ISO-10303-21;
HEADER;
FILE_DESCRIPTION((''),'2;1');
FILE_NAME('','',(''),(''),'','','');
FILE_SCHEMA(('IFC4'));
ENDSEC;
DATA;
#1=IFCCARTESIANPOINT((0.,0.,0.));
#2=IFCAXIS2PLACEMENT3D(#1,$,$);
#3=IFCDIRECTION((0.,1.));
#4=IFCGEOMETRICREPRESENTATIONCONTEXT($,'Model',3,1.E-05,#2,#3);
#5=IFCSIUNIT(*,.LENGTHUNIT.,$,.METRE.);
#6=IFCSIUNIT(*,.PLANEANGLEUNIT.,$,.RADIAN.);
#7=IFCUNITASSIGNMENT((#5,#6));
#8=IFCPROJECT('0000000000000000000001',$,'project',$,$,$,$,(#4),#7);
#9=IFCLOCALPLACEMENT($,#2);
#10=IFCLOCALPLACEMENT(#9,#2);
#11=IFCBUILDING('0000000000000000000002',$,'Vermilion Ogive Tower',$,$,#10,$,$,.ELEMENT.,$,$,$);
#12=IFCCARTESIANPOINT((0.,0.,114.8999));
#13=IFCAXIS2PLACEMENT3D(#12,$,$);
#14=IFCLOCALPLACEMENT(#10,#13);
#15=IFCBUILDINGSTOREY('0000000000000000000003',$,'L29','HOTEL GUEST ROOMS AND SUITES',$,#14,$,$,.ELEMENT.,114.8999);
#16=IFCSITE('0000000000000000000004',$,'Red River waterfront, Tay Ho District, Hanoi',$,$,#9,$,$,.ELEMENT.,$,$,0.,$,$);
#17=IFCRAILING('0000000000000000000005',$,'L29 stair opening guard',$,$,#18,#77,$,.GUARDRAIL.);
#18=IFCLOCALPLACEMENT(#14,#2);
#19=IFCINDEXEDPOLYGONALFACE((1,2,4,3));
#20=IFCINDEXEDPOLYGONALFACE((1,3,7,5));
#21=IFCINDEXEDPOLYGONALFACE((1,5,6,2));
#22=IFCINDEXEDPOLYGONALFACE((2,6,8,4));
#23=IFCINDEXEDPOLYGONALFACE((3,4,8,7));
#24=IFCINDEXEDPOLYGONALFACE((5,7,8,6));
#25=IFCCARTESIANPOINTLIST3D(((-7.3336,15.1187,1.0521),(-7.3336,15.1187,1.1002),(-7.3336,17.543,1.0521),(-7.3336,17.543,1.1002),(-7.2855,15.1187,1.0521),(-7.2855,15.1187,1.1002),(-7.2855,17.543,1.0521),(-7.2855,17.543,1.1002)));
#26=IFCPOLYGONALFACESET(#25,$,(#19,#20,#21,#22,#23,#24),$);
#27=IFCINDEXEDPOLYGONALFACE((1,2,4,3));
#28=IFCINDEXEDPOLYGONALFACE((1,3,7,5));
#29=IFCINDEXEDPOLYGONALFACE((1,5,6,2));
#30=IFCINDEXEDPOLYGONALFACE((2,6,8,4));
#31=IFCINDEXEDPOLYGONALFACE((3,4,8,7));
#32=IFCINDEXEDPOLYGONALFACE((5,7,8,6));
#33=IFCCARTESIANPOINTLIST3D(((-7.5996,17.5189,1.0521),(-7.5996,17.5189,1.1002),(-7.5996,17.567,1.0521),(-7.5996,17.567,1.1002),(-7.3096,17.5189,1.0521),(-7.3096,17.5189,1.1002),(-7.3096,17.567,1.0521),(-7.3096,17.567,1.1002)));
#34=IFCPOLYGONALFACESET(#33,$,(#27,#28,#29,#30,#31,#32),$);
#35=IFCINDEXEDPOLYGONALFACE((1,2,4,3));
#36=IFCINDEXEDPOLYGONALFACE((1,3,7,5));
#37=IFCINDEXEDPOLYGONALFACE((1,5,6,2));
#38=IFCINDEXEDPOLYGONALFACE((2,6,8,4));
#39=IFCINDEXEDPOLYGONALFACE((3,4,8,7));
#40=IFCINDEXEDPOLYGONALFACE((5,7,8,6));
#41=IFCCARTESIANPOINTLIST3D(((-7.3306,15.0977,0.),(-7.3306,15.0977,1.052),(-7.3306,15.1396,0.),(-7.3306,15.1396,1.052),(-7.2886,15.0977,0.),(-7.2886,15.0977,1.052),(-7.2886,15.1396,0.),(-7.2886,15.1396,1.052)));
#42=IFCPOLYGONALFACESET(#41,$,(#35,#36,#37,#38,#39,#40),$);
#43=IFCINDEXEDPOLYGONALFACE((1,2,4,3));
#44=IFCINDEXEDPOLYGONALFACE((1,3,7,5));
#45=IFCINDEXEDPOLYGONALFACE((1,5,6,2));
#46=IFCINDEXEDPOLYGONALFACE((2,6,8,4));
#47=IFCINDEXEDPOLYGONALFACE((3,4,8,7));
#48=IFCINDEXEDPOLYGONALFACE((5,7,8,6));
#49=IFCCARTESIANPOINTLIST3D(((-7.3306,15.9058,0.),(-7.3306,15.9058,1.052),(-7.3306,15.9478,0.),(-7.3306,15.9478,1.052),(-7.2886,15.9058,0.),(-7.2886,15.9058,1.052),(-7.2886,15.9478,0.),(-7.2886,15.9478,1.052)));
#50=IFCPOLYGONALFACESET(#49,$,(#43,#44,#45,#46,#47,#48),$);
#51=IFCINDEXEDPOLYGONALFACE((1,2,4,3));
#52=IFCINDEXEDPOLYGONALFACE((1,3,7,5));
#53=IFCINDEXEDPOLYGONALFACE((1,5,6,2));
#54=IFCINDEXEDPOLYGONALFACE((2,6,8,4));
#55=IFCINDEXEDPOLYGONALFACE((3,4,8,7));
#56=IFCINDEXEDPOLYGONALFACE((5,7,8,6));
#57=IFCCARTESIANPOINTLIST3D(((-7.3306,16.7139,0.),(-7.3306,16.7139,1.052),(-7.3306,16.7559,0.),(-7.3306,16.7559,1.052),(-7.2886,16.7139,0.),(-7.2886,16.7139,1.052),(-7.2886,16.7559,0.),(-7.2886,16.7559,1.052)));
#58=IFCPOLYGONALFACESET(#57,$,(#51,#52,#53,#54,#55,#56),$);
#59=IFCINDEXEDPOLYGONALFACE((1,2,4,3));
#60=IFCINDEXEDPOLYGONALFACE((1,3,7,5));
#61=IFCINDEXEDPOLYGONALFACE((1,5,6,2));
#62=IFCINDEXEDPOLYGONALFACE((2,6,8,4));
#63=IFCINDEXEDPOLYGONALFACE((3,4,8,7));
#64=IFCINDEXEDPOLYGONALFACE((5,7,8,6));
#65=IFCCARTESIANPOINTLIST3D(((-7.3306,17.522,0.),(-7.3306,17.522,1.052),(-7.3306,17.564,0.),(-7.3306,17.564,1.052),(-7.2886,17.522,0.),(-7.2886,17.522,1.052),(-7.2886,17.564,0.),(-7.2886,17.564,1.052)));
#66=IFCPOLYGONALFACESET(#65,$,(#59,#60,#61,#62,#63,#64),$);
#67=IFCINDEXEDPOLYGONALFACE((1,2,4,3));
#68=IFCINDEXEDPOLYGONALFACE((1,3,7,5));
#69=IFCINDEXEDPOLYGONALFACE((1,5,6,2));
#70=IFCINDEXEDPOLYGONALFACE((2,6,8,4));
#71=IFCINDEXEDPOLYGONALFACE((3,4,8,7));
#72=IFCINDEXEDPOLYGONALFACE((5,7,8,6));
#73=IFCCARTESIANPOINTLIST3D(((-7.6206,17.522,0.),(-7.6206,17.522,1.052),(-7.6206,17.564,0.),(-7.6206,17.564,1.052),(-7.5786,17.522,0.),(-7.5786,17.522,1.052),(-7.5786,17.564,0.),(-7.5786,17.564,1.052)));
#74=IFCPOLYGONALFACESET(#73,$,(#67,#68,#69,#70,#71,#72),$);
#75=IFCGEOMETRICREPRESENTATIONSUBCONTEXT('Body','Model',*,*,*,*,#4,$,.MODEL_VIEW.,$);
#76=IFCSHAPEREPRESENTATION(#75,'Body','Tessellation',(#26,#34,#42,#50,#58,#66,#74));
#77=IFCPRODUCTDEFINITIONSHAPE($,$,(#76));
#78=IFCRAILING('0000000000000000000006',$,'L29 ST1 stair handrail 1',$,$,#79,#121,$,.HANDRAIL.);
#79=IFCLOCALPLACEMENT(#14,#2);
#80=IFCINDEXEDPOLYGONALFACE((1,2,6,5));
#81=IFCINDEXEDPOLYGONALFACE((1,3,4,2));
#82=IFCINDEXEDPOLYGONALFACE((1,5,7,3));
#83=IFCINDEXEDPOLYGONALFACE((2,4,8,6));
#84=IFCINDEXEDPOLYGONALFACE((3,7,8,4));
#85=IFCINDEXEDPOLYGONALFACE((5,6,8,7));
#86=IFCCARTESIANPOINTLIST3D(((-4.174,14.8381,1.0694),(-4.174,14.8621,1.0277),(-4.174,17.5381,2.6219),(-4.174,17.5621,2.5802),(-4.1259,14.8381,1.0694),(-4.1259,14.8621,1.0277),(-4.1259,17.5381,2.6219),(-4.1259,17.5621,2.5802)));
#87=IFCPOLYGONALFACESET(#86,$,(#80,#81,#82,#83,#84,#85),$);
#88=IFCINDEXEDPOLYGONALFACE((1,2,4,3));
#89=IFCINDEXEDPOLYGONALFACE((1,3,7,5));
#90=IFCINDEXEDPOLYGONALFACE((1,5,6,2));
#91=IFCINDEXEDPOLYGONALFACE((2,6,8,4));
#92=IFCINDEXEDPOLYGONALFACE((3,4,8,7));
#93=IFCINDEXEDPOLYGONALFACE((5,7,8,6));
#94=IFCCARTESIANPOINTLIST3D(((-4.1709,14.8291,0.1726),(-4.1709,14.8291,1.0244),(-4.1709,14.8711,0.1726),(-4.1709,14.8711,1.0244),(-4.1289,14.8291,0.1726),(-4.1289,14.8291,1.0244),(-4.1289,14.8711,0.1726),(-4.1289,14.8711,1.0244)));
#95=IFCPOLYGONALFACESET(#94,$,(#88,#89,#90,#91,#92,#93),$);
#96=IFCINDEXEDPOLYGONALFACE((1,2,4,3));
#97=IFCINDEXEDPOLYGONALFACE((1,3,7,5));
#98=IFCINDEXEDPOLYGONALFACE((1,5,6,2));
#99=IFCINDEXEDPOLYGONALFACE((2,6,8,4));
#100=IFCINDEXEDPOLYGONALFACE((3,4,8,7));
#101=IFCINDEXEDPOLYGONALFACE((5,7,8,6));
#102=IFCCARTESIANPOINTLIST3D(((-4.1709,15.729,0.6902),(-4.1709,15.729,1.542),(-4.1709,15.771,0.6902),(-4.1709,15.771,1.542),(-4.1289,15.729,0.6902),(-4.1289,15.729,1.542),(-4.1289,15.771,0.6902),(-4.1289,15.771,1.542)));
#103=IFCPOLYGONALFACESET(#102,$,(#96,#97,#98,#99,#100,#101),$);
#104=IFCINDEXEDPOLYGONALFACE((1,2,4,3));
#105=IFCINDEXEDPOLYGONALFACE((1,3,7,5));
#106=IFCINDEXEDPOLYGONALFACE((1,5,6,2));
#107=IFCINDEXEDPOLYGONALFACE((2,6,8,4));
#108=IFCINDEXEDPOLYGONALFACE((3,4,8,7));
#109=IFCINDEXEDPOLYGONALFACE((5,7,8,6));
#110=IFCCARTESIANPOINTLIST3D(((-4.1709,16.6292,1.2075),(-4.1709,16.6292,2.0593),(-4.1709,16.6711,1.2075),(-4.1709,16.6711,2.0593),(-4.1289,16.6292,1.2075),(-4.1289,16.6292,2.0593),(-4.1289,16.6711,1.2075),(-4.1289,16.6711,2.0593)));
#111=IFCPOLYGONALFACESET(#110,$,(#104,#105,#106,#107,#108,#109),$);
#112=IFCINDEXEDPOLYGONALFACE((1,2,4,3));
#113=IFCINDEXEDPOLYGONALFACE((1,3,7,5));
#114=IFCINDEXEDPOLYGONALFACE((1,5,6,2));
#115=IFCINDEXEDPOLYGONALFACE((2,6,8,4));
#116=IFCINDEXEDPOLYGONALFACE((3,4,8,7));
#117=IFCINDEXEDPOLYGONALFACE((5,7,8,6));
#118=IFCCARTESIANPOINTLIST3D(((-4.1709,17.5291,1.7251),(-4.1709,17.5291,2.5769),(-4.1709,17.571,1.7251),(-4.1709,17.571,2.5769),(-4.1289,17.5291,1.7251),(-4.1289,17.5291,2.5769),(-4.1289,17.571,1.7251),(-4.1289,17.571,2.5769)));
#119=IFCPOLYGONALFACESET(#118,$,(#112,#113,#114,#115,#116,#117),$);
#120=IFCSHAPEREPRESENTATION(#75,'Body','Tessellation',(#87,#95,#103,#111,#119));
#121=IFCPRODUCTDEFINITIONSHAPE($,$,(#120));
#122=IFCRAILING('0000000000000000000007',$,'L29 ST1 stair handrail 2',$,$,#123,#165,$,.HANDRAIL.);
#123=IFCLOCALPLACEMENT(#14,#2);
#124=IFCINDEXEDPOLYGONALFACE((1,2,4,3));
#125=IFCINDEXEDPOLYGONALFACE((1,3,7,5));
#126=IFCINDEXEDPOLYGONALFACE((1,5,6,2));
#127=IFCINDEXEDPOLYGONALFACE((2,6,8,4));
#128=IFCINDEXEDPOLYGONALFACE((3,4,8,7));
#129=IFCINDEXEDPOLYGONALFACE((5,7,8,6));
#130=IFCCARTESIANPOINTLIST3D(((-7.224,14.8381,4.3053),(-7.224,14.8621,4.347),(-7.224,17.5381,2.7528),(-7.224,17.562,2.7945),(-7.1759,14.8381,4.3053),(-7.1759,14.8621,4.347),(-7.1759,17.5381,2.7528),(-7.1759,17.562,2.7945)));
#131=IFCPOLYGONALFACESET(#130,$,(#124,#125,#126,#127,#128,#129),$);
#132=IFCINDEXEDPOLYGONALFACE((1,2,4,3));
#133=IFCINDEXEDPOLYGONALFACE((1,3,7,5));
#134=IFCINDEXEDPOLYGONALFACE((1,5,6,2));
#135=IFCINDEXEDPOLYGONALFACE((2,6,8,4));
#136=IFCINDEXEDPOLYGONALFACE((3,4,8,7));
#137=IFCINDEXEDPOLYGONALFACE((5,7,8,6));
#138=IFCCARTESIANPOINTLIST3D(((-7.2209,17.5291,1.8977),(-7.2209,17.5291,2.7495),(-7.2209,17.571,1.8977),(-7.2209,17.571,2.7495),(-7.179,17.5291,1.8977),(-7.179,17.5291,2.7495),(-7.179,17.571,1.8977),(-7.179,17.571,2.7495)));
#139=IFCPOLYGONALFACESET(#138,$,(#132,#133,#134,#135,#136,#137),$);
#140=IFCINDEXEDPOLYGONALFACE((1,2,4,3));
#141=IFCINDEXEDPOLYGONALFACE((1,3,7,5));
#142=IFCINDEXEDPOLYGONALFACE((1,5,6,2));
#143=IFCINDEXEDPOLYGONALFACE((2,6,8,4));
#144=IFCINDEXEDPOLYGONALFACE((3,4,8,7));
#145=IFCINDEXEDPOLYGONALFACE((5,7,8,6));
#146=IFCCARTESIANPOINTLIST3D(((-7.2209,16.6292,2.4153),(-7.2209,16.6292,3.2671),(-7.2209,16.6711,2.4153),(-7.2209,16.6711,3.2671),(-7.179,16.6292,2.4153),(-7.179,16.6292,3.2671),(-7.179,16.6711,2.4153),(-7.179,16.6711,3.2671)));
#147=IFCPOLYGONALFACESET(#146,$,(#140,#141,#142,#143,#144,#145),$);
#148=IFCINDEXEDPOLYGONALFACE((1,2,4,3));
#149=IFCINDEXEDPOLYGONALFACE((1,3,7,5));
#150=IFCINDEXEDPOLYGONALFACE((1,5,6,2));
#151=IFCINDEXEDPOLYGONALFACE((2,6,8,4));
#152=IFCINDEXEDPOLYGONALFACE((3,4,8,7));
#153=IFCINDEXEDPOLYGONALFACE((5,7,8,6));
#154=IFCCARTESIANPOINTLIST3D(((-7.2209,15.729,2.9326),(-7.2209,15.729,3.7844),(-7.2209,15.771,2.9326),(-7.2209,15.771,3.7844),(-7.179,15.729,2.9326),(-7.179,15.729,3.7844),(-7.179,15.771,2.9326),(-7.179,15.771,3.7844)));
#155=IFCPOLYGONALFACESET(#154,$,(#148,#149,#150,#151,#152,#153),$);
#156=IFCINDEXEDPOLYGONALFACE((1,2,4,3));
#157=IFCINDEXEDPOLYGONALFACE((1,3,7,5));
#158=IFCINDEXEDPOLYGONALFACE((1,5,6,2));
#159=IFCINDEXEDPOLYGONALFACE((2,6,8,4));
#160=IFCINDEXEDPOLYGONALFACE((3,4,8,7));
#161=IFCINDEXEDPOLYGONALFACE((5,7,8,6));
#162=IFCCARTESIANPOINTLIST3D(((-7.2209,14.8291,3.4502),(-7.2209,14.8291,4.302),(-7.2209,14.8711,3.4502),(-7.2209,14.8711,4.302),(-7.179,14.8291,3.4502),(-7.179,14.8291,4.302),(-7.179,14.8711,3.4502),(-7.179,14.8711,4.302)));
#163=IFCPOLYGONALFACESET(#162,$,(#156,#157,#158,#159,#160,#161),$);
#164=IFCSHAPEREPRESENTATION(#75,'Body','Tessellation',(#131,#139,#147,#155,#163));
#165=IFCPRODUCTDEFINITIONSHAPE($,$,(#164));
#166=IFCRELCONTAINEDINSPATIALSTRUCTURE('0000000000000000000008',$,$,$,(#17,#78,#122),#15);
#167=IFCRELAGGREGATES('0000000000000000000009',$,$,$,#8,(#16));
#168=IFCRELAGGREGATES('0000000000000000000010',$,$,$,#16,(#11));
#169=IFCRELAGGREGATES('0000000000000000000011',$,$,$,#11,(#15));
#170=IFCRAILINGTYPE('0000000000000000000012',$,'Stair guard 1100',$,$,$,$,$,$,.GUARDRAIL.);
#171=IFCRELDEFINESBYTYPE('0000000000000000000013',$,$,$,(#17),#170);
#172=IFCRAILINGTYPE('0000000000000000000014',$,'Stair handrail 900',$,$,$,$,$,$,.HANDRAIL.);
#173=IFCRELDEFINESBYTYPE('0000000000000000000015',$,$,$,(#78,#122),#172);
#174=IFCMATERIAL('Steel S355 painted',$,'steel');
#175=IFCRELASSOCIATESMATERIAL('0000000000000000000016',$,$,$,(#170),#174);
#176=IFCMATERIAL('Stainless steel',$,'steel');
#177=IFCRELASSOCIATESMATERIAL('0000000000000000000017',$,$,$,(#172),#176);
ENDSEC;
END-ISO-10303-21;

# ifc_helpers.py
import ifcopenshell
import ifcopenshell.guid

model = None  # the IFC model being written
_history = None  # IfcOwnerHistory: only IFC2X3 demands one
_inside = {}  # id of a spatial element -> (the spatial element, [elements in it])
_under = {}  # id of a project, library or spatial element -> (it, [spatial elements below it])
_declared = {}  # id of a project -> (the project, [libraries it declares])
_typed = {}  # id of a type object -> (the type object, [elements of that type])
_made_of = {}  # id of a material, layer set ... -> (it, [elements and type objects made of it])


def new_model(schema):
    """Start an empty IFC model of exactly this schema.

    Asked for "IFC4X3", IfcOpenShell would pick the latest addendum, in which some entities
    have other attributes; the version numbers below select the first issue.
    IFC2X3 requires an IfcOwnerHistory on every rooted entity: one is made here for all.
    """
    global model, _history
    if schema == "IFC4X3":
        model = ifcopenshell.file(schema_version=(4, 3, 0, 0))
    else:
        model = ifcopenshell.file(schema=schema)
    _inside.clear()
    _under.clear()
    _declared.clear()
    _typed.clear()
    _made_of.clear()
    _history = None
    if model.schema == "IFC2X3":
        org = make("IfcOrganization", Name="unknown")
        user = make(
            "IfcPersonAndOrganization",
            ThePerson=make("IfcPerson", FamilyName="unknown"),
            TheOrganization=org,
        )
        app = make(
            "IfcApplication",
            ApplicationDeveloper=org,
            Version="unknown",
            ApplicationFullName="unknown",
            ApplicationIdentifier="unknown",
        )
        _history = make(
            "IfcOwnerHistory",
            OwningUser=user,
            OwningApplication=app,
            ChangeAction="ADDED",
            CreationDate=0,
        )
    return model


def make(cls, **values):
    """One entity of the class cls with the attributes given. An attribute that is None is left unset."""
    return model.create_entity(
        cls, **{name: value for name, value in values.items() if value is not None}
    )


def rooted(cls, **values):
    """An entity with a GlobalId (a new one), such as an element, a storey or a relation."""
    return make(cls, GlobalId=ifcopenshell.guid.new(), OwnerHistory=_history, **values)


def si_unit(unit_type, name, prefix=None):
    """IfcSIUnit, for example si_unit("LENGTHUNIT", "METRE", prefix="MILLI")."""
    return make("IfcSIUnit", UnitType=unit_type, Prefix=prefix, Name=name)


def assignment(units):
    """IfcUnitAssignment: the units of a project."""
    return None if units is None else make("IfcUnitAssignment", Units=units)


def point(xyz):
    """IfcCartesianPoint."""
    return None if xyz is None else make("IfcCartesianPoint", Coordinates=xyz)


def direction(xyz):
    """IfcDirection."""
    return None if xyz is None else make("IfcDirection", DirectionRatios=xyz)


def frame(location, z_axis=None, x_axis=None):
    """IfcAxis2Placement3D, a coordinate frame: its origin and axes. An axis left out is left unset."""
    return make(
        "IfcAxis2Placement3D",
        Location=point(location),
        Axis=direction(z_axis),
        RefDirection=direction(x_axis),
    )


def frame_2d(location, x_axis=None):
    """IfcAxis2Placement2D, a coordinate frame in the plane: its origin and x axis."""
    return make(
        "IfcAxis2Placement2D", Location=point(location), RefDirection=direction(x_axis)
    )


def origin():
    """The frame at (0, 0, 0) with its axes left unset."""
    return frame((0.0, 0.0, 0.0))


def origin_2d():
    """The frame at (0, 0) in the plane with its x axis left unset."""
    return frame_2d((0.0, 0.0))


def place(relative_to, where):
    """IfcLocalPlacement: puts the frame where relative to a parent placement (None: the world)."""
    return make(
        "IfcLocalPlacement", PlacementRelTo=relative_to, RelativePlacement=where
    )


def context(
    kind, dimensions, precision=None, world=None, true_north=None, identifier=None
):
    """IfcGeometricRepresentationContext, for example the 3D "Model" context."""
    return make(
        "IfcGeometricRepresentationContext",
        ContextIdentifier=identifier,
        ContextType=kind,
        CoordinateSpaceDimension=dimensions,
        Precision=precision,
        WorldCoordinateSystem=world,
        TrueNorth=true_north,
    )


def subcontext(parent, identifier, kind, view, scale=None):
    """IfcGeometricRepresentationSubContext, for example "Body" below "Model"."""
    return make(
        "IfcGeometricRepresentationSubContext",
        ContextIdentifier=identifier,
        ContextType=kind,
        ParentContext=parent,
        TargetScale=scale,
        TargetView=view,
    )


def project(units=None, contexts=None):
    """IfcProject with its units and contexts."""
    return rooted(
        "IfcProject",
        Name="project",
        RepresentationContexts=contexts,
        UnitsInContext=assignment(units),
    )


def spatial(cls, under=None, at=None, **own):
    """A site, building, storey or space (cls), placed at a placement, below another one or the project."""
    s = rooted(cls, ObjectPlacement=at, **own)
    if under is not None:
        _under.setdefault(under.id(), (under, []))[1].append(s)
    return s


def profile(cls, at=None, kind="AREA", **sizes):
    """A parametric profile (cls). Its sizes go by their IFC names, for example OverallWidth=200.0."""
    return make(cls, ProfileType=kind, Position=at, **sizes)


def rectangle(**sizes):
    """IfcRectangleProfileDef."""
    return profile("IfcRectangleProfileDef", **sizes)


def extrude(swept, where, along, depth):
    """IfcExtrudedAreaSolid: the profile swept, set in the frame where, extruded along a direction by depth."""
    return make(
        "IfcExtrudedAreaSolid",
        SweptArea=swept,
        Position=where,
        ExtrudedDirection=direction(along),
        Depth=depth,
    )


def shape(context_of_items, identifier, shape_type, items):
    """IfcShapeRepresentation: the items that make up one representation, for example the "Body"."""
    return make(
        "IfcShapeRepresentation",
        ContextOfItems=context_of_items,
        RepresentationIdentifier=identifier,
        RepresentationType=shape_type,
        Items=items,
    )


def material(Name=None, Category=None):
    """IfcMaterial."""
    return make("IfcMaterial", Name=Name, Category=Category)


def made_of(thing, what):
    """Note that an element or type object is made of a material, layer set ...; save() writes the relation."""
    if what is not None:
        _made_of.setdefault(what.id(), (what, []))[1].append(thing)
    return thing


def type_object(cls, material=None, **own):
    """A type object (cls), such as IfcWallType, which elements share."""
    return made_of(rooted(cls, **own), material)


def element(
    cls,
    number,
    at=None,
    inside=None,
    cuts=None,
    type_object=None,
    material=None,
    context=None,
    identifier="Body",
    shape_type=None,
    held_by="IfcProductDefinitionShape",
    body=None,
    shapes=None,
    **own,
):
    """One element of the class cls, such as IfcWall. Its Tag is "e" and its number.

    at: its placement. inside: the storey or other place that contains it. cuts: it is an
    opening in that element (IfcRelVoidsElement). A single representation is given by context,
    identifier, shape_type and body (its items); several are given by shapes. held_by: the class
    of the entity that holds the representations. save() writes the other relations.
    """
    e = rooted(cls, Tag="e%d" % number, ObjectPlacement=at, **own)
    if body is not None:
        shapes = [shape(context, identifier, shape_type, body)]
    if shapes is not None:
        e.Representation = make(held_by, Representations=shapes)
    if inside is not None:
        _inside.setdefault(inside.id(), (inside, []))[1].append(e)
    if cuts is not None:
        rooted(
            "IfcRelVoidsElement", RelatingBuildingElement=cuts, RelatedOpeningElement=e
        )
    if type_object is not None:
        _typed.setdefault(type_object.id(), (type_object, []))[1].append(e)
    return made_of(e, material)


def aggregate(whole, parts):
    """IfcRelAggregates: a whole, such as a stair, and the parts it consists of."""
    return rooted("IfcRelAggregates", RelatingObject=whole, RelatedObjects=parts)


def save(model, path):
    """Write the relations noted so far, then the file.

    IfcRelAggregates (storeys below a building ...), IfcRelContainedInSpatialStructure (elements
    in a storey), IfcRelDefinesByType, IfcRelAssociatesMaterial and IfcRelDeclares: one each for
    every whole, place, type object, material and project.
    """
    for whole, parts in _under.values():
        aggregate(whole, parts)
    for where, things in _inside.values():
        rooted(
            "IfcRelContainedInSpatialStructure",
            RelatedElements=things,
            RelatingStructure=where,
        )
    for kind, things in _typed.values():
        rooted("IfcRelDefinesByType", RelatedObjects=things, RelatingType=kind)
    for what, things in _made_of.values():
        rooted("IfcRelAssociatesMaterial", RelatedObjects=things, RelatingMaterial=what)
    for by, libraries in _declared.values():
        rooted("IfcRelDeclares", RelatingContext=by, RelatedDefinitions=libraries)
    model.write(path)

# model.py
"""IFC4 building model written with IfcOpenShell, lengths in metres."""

from ifc_helpers import new_model, si_unit, direction, frame, origin, origin_2d, place, context, subcontext, project, spatial, rectangle, extrude, material, type_object, element, save


model = new_model("IFC4")

# Units and contexts
model_context = context("Model", 3, precision=1e-05, world=origin(), true_north=direction((0.0, 1.0)))
body_context = subcontext(model_context, "Body", "Model", "MODEL_VIEW")
ifc_project = project(units=[si_unit("LENGTHUNIT", "METRE"), si_unit("PLANEANGLEUNIT", "RADIAN")], contexts=[model_context])

# Site, building, storey
site_placement = place(None, origin())
site = spatial("IfcSite", under=ifc_project, at=site_placement, Name="Red River waterfront, Tay Ho District, Hanoi", CompositionType="ELEMENT", RefElevation=0.0)
building_placement = place(site_placement, origin())
building = spatial("IfcBuilding", under=site, at=building_placement, Name="Vermilion Ogive Tower", CompositionType="ELEMENT")
storey_placement = place(building_placement, frame((0.0, 0.0, 114.8999)))
storey = spatial("IfcBuildingStorey", under=building, at=storey_placement, Name="L29", Description="HOTEL GUEST ROOMS AND SUITES", CompositionType="ELEMENT", Elevation=114.8999)

# Railings
ifc_material_1 = material(Name="Steel S355 painted", Category="steel")
railing_type_1 = type_object("IfcRailingType", Name="Stair guard 1100", PredefinedType="GUARDRAIL", material=ifc_material_1)
railing_1_placement = place(storey_placement, frame((-7.3096, 15.1187, 0.0)))
element("IfcRailing", 1, at=railing_1_placement, inside=storey, type_object=railing_type_1, Name="L29 stair opening guard", PredefinedType="GUARDRAIL", context=body_context, shape_type="SweptSolid", body=[
    extrude(rectangle(XDim=0.0481, YDim=0.0481, at=origin_2d()), frame((0.0, 0.0, 1.0762), z_axis=(0.0, 1.0, 0.0), x_axis=(-1.0, 0.0, 0.0)), (0.0, 0.0, 1.0), 2.4243),
    extrude(rectangle(XDim=0.0481, YDim=0.0481, at=origin_2d()), frame((0.0, 2.4243, 1.0762), z_axis=(-1.0, 0.0, 0.0), x_axis=(0.0, -1.0, 0.0)), (0.0, 0.0, 1.0), 0.29),
    extrude(rectangle(XDim=0.042, YDim=0.042, at=origin_2d()), origin(), (0.0, 0.0, 1.0), 1.052),
    extrude(rectangle(XDim=0.042, YDim=0.042, at=origin_2d()), frame((0.0, 0.8081, 0.0)), (0.0, 0.0, 1.0), 1.052),
    extrude(rectangle(XDim=0.042, YDim=0.042, at=origin_2d()), frame((0.0, 1.6162, 0.0)), (0.0, 0.0, 1.0), 1.052),
    extrude(rectangle(XDim=0.042, YDim=0.042, at=origin_2d()), frame((0.0, 2.4243, 0.0)), (0.0, 0.0, 1.0), 1.052),
    extrude(rectangle(XDim=0.042, YDim=0.042, at=origin_2d()), frame((-0.29, 2.4243, 0.0)), (0.0, 0.0, 1.0), 1.052),
])
ifc_material_2 = material(Name="Stainless steel", Category="steel")
railing_type_2 = type_object("IfcRailingType", Name="Stair handrail 900", PredefinedType="HANDRAIL", material=ifc_material_2)
railing_2_placement = place(storey_placement, frame((-4.1499, 14.8501, 0.1726)))
element("IfcRailing", 2, at=railing_2_placement, inside=storey, type_object=railing_type_2, Name="L29 ST1 stair handrail 1", PredefinedType="HANDRAIL", context=body_context, shape_type="SweptSolid", body=[
    extrude(rectangle(XDim=0.0481, YDim=0.0481, at=origin_2d()), frame((0.0, 0.0, 0.876), z_axis=(0.0, 0.866904, 0.498476), x_axis=(-1.0, 0.0, 0.0)), (0.0, 0.0, 1.0), 3.1145),
    extrude(rectangle(XDim=0.042, YDim=0.042, at=origin_2d()), origin(), (0.0, 0.0, 1.0), 0.8518),
    extrude(rectangle(XDim=0.042, YDim=0.042, at=origin_2d()), frame((0.0, 0.8999, 0.5176)), (0.0, 0.0, 1.0), 0.8518),
    extrude(rectangle(XDim=0.042, YDim=0.042, at=origin_2d()), frame((0.0, 1.8, 1.0349)), (0.0, 0.0, 1.0), 0.8518),
    extrude(rectangle(XDim=0.042, YDim=0.042, at=origin_2d()), frame((0.0, 2.7, 1.5525)), (0.0, 0.0, 1.0), 0.8518),
])
railing_3_placement = place(storey_placement, frame((-7.2, 17.55, 1.8977)))
element("IfcRailing", 3, at=railing_3_placement, inside=storey, type_object=railing_type_2, Name="L29 ST1 stair handrail 2", PredefinedType="HANDRAIL", context=body_context, shape_type="SweptSolid", body=[
    extrude(rectangle(XDim=0.0481, YDim=0.0481, at=origin_2d()), frame((0.0, 0.0, 0.876), z_axis=(0.0, -0.866904, 0.498476), x_axis=(1.0, 0.0, 0.0)), (0.0, 0.0, 1.0), 3.1145),
    extrude(rectangle(XDim=0.042, YDim=0.042, at=origin_2d()), origin(), (0.0, 0.0, 1.0), 0.8518),
    extrude(rectangle(XDim=0.042, YDim=0.042, at=origin_2d()), frame((0.0, -0.8999, 0.5176)), (0.0, 0.0, 1.0), 0.8518),
    extrude(rectangle(XDim=0.042, YDim=0.042, at=origin_2d()), frame((0.0, -1.8, 1.0349)), (0.0, 0.0, 1.0), 0.8518),
    extrude(rectangle(XDim=0.042, YDim=0.042, at=origin_2d()), frame((0.0, -2.7, 1.5525)), (0.0, 0.0, 1.0), 0.8518),
])

save(model, "model.ifc")
